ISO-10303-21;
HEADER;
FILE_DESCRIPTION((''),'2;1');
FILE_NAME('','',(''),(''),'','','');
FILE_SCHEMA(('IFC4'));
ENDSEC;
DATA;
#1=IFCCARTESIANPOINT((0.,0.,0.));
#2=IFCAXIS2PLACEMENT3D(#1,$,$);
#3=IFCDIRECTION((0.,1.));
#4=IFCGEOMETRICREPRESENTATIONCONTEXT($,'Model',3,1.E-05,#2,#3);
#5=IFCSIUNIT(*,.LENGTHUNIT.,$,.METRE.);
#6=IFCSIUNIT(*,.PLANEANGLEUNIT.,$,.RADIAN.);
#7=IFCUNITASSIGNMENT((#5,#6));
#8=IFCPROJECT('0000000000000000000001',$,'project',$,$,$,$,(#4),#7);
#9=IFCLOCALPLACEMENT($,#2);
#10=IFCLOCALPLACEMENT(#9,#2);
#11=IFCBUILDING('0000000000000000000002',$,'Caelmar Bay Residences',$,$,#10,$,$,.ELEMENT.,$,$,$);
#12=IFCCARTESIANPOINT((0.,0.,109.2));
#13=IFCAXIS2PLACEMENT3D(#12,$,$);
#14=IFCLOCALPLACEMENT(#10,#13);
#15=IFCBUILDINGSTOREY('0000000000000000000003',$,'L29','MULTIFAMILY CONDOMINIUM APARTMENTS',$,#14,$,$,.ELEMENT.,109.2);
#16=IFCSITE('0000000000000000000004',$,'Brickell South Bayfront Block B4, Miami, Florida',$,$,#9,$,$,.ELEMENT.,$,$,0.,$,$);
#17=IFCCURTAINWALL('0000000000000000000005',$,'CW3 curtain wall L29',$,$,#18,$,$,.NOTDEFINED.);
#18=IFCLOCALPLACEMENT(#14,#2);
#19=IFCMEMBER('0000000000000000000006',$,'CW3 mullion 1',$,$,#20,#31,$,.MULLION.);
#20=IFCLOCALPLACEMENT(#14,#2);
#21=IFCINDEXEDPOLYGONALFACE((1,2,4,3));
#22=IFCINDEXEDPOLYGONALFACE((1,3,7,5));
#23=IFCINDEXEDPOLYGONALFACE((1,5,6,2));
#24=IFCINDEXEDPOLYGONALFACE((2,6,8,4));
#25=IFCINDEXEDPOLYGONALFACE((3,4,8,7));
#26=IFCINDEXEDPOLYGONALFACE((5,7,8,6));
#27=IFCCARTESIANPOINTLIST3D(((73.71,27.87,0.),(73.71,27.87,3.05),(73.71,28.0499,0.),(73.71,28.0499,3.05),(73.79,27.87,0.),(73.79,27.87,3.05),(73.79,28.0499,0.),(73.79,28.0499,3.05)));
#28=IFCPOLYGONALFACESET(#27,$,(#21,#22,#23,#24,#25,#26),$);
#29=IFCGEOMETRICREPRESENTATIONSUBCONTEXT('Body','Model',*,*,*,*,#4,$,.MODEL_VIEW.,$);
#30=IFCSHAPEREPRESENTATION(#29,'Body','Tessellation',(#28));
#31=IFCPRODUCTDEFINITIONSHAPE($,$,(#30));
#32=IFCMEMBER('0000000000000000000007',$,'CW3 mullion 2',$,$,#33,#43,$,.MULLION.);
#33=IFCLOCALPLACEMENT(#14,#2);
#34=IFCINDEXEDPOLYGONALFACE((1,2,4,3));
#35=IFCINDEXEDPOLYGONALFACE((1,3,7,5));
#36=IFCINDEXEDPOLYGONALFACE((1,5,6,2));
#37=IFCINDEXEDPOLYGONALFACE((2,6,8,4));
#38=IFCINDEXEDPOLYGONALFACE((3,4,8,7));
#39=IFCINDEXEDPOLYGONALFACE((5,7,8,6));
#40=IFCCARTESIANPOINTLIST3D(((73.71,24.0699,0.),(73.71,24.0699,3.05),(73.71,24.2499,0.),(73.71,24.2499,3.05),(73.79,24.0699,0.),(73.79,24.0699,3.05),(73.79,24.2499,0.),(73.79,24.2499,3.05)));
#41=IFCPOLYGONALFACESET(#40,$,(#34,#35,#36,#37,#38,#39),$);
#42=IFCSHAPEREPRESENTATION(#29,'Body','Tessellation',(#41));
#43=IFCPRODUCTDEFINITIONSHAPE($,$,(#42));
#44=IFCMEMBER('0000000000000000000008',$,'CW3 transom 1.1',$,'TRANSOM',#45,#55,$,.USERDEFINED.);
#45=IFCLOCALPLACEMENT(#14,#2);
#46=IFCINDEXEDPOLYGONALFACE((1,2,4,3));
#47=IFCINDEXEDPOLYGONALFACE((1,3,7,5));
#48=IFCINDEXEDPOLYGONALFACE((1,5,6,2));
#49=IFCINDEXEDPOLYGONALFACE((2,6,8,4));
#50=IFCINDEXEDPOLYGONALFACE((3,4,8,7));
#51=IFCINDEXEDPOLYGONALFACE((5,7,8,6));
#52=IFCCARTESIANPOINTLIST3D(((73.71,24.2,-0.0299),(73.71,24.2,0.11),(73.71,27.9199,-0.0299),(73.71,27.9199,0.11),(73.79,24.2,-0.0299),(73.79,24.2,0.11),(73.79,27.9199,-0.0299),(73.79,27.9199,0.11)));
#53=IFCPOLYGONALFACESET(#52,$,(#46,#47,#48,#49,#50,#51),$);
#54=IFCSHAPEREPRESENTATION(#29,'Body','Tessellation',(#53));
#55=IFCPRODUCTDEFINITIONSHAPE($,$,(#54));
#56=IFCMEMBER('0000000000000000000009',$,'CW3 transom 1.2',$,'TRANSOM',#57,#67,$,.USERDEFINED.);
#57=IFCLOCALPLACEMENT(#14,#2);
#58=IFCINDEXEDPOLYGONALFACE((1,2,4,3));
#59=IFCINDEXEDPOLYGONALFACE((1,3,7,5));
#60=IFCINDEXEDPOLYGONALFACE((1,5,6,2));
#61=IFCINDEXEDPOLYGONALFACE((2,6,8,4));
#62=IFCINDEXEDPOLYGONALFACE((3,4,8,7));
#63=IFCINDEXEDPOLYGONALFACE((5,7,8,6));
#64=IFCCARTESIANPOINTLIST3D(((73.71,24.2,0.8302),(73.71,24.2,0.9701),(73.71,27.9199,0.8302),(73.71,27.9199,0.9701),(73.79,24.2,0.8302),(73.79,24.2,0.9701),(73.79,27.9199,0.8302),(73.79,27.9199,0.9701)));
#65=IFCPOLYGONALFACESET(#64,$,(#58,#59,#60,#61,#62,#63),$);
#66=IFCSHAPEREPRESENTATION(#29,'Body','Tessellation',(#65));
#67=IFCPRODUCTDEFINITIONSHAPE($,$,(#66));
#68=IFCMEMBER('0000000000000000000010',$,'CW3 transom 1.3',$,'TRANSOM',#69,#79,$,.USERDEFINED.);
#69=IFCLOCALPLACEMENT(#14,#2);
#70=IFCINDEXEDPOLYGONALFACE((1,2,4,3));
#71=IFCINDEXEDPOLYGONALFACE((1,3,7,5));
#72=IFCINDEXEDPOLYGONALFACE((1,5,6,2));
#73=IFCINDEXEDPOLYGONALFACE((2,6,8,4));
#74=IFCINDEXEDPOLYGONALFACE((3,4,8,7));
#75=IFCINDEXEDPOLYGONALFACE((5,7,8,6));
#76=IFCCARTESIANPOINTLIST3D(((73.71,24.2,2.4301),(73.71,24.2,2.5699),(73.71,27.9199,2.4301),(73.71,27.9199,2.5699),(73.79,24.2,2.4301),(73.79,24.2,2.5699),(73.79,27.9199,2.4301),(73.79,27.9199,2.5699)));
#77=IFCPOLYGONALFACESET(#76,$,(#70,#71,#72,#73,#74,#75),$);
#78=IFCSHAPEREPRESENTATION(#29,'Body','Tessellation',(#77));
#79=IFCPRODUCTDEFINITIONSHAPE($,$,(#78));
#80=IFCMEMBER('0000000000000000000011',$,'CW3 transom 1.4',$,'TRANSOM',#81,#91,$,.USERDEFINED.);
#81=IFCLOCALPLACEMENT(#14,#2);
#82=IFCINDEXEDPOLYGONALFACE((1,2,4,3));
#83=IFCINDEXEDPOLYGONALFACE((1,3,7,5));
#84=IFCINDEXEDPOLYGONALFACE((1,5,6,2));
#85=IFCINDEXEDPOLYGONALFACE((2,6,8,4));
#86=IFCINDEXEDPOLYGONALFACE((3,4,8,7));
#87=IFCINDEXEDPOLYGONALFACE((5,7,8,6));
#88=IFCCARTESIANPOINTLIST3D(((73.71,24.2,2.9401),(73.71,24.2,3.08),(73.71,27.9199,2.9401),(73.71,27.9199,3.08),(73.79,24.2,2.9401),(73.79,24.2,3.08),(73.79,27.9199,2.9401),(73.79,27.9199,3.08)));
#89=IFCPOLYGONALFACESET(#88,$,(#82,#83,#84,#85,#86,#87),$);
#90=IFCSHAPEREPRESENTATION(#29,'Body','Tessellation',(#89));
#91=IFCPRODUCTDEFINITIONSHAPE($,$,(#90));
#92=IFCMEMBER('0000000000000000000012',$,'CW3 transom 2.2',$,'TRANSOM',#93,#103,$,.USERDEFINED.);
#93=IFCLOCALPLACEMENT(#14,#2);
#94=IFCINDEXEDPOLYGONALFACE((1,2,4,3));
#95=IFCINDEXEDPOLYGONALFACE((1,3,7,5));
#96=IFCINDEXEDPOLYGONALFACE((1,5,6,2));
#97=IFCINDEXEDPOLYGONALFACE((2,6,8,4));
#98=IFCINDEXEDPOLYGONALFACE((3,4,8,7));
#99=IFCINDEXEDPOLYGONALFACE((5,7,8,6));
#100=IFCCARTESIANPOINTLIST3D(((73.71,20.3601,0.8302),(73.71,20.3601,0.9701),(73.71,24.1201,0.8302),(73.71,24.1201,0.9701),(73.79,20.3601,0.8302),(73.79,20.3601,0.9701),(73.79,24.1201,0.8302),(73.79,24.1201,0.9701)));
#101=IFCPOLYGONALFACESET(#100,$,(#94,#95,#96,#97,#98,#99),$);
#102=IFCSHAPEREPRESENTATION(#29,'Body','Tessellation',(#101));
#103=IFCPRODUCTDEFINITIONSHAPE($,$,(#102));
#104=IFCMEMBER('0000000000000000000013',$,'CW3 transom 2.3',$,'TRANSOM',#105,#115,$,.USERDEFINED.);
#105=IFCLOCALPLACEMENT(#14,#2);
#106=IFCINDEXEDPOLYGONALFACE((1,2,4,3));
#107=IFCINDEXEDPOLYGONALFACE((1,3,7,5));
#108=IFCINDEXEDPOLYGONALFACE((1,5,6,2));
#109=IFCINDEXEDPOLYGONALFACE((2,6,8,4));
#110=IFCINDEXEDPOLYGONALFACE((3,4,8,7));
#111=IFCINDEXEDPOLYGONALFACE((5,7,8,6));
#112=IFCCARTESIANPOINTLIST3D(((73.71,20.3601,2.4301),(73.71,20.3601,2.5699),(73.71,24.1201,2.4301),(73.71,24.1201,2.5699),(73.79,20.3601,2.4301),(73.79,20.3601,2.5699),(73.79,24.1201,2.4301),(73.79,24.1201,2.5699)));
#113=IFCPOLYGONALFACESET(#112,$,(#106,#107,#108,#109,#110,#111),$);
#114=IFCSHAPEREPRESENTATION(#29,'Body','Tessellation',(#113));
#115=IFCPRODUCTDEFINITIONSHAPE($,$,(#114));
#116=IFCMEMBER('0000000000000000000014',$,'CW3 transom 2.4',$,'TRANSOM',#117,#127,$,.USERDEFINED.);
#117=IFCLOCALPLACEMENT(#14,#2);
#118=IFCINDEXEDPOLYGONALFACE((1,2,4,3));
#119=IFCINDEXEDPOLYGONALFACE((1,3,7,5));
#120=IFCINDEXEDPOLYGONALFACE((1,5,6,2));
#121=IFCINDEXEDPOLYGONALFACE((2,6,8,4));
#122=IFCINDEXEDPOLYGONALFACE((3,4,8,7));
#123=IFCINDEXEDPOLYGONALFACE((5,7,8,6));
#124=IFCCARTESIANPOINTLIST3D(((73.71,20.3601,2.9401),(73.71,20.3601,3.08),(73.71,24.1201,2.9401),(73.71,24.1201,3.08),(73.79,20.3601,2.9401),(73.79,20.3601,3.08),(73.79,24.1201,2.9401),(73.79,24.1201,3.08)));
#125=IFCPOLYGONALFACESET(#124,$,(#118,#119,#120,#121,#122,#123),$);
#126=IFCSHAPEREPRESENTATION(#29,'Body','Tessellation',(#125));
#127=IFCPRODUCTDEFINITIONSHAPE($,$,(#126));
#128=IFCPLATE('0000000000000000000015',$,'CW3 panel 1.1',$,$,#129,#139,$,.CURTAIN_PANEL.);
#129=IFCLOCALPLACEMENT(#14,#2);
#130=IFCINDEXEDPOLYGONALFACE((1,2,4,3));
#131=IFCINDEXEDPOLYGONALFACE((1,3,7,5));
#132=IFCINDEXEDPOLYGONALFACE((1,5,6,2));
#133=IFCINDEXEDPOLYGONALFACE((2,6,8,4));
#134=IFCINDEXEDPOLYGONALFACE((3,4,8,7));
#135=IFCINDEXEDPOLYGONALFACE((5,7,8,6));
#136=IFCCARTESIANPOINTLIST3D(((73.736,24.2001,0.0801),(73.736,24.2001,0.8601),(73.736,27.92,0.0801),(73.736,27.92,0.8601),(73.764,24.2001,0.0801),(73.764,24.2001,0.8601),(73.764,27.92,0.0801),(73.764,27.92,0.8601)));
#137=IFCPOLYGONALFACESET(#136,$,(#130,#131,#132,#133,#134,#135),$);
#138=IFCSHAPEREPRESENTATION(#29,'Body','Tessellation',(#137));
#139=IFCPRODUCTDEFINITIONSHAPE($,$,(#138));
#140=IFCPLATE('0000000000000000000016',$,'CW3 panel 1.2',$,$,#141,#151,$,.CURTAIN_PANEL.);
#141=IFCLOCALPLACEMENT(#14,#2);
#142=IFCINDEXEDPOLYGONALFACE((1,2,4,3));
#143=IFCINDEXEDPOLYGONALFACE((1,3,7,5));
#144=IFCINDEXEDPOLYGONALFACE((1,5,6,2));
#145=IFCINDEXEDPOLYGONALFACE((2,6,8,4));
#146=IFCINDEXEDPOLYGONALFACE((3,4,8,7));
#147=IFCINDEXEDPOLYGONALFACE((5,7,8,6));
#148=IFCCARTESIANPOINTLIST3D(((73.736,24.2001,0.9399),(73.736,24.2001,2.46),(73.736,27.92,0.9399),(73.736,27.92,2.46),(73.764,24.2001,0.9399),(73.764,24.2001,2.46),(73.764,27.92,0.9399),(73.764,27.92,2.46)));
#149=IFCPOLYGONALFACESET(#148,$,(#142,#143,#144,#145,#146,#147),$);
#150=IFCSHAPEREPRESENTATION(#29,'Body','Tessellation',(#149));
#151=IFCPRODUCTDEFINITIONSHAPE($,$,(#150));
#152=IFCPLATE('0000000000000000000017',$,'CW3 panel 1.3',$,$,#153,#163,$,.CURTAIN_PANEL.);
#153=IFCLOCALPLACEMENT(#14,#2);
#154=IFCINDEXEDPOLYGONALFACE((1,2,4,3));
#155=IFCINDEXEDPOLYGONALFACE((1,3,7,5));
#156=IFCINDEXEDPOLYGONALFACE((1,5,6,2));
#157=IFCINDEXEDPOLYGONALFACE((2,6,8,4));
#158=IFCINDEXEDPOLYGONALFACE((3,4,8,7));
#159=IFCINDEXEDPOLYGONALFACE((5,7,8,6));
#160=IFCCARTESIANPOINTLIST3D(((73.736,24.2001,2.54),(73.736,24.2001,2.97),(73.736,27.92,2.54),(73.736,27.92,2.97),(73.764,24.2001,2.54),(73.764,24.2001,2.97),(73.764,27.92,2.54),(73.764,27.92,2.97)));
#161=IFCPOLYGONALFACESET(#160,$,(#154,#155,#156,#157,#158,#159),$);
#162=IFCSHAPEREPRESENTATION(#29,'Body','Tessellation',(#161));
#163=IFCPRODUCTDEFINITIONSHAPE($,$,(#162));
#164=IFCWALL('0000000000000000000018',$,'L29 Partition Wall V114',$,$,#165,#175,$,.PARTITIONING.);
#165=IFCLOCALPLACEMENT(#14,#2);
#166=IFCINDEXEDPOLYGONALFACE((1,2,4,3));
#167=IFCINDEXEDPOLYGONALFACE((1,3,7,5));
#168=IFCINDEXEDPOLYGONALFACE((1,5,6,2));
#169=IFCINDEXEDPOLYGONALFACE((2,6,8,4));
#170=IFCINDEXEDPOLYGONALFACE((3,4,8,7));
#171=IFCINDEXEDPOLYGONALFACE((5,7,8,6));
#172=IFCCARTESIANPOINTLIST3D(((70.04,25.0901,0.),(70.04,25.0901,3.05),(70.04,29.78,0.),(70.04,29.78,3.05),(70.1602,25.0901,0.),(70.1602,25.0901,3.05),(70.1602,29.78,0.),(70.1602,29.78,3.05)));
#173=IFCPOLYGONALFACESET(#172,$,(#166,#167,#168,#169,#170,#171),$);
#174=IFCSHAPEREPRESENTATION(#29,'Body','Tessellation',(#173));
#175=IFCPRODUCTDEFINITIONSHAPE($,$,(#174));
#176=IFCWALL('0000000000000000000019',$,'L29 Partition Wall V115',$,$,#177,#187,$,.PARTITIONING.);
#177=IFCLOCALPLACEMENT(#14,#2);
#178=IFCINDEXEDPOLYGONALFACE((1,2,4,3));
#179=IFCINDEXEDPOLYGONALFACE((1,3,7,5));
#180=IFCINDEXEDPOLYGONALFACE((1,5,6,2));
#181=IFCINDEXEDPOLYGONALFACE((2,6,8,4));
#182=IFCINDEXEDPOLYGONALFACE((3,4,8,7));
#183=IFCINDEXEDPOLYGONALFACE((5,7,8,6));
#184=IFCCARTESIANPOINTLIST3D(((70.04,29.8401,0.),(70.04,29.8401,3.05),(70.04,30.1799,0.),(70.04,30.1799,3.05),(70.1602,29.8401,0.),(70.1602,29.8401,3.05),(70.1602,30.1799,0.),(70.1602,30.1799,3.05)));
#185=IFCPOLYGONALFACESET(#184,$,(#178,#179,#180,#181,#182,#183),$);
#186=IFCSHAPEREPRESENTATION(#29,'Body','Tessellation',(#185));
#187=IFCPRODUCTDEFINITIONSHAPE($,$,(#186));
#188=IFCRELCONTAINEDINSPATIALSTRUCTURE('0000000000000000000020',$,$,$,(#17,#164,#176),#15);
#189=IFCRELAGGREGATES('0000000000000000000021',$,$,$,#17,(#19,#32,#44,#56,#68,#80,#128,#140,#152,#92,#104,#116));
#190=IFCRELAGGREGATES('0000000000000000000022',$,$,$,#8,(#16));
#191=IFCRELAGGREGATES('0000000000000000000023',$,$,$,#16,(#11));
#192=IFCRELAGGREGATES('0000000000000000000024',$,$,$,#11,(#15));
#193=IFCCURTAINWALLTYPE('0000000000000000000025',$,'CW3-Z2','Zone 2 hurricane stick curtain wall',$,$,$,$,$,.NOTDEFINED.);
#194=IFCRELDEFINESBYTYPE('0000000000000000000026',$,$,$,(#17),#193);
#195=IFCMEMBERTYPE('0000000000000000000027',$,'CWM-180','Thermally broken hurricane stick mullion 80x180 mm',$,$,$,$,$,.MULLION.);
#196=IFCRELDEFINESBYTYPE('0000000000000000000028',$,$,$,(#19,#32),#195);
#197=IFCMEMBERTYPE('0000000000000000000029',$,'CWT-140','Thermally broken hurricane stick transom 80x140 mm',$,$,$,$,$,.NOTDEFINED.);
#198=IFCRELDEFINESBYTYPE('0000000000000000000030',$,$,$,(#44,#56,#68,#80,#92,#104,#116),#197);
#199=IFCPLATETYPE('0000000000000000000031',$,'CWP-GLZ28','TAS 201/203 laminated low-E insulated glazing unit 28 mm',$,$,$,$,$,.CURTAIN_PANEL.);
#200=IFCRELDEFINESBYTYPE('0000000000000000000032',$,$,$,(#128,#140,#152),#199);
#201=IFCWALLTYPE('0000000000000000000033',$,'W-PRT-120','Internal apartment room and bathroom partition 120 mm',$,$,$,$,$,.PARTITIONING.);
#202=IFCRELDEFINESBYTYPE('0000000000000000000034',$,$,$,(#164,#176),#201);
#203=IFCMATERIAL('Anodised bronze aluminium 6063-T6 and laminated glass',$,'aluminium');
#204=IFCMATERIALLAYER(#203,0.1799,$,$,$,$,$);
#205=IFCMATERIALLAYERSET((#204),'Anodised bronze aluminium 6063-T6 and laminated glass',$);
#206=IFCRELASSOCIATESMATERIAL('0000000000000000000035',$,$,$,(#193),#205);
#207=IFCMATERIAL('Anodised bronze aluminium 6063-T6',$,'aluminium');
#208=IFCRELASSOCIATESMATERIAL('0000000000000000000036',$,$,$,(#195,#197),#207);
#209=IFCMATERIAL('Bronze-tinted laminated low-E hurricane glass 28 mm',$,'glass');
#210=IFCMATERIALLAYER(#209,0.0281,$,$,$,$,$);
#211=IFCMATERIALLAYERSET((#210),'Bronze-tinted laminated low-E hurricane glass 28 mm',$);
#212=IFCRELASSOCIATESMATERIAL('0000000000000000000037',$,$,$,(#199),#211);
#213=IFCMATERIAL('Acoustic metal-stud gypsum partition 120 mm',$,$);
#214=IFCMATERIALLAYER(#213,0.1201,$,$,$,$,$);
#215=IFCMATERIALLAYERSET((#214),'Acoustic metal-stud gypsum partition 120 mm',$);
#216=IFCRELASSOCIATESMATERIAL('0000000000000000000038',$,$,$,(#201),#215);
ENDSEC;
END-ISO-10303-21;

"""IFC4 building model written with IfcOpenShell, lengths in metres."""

from ifc_helpers import new_model, si_unit, direction, frame, frame_2d, origin, origin_2d, place, context, subcontext, project, spatial, rectangle, extrude, material, layer, layer_set, material_profile, profile_set, type_object, element, aggregate, save


model = new_model("IFC4")

# Units and contexts
model_context = context("Model", 3, precision=1e-05, world=origin(), true_north=direction((0.0, 1.0)))
body_context = subcontext(model_context, "Body", "Model", "MODEL_VIEW")
ifc_project = project(units=[si_unit("LENGTHUNIT", "METRE"), si_unit("PLANEANGLEUNIT", "RADIAN")], contexts=[model_context])

# Site, building, storey
site_placement = place(None, origin())
site = spatial("IfcSite", under=ifc_project, at=site_placement, Name="Brickell South Bayfront Block B4, Miami, Florida", CompositionType="ELEMENT", RefElevation=0.0)
building_placement = place(site_placement, origin())
building = spatial("IfcBuilding", under=site, at=building_placement, Name="Caelmar Bay Residences", CompositionType="ELEMENT")
storey_placement = place(building_placement, frame((0.0, 0.0, 109.2)))
storey = spatial("IfcBuildingStorey", under=building, at=storey_placement, Name="L29", Description="MULTIFAMILY CONDOMINIUM APARTMENTS", CompositionType="ELEMENT", Elevation=109.2)

# Curtain wall, members, plates
ifc_material_1 = material(Name="Anodised bronze aluminium 6063-T6 and laminated glass", Category="aluminium")
ifc_layer_1 = layer(ifc_material_1, 0.1799)
ifc_layer_set_1 = layer_set([ifc_layer_1], Name="Anodised bronze aluminium 6063-T6 and laminated glass")
curtain_wall_type = type_object("IfcCurtainWallType", Name="CW3-Z2", Description="Zone 2 hurricane stick curtain wall", PredefinedType="NOTDEFINED", material=ifc_layer_set_1)
curtain_wall_placement = place(storey_placement, origin())
curtain_wall = element("IfcCurtainWall", 1, at=curtain_wall_placement, inside=storey, type_object=curtain_wall_type, Name="CW3 curtain wall L29", PredefinedType="NOTDEFINED")
ifc_material_2 = material(Name="Anodised bronze aluminium 6063-T6", Category="aluminium")
ifc_material_profile_1 = material_profile(ifc_material_2, rectangle(XDim=0.0801, YDim=0.1799, at=origin_2d()), Name="CWM-80X180")
ifc_profile_set_1 = profile_set([ifc_material_profile_1], Name="Anodised bronze aluminium 6063-T6")
member_type_1 = type_object("IfcMemberType", Name="CWM-180", Description="Thermally broken hurricane stick mullion 80x180 mm", PredefinedType="MULLION", material=ifc_profile_set_1)
member_1_placement = place(storey_placement, frame((73.75, 27.96, 0.0), z_axis=(0.0, 0.0, 1.0), x_axis=(1.0, 0.0, 0.0)))
member_1 = element("IfcMember", 2, at=member_1_placement, type_object=member_type_1, Name="CW3 mullion 1", PredefinedType="MULLION", context=body_context, shape_type="SweptSolid", body=[
    extrude(rectangle(XDim=0.0801, YDim=0.1799, at=origin_2d()), origin(), (0.0, 0.0, 1.0), 3.05),
])
member_2_placement = place(storey_placement, frame((73.75, 24.1599, 0.0), z_axis=(0.0, 0.0, 1.0), x_axis=(1.0, 0.0, 0.0)))
member_2 = element("IfcMember", 3, at=member_2_placement, type_object=member_type_1, Name="CW3 mullion 2", PredefinedType="MULLION", context=body_context, shape_type="SweptSolid", body=[
    extrude(rectangle(XDim=0.0801, YDim=0.1799, at=origin_2d()), origin(), (0.0, 0.0, 1.0), 3.05),
])
ifc_material_profile_2 = material_profile(ifc_material_2, rectangle(XDim=0.0801, YDim=0.1399, at=origin_2d()), Name="CWT-80X140")
ifc_profile_set_2 = profile_set([ifc_material_profile_2], Name="Anodised bronze aluminium 6063-T6")
member_type_2 = type_object("IfcMemberType", Name="CWT-140", Description="Thermally broken hurricane stick transom 80x140 mm", PredefinedType="NOTDEFINED", material=ifc_profile_set_2)
member_3_placement = place(storey_placement, frame((73.75, 27.9199, 0.04), z_axis=(0.0, -1.0, 0.0), x_axis=(1.0, 0.0, 0.0)))
member_3 = element("IfcMember", 4, at=member_3_placement, type_object=member_type_2, Name="CW3 transom 1.1", ObjectType="TRANSOM", PredefinedType="USERDEFINED", context=body_context, shape_type="SweptSolid", body=[
    extrude(rectangle(XDim=0.0801, YDim=0.1399, at=origin_2d()), origin(), (0.0, 0.0, 1.0), 3.72),
])
member_4_placement = place(storey_placement, frame((73.75, 27.9199, 0.9001), z_axis=(0.0, -1.0, 0.0), x_axis=(1.0, 0.0, 0.0)))
member_4 = element("IfcMember", 5, at=member_4_placement, type_object=member_type_2, Name="CW3 transom 1.2", ObjectType="TRANSOM", PredefinedType="USERDEFINED", context=body_context, shape_type="SweptSolid", body=[
    extrude(rectangle(XDim=0.0801, YDim=0.1399, at=origin_2d()), origin(), (0.0, 0.0, 1.0), 3.72),
])
member_5_placement = place(storey_placement, frame((73.75, 27.9199, 2.5), z_axis=(0.0, -1.0, 0.0), x_axis=(1.0, 0.0, 0.0)))
member_5 = element("IfcMember", 6, at=member_5_placement, type_object=member_type_2, Name="CW3 transom 1.3", ObjectType="TRANSOM", PredefinedType="USERDEFINED", context=body_context, shape_type="SweptSolid", body=[
    extrude(rectangle(XDim=0.0801, YDim=0.1399, at=origin_2d()), origin(), (0.0, 0.0, 1.0), 3.72),
])
member_6_placement = place(storey_placement, frame((73.75, 27.9199, 3.01), z_axis=(0.0, -1.0, 0.0), x_axis=(1.0, 0.0, 0.0)))
member_6 = element("IfcMember", 7, at=member_6_placement, type_object=member_type_2, Name="CW3 transom 1.4", ObjectType="TRANSOM", PredefinedType="USERDEFINED", context=body_context, shape_type="SweptSolid", body=[
    extrude(rectangle(XDim=0.0801, YDim=0.1399, at=origin_2d()), origin(), (0.0, 0.0, 1.0), 3.72),
])
member_7_placement = place(storey_placement, frame((73.75, 24.1201, 0.9001), z_axis=(0.0, -1.0, 0.0), x_axis=(1.0, 0.0, 0.0)))
member_7 = element("IfcMember", 8, at=member_7_placement, type_object=member_type_2, Name="CW3 transom 2.2", ObjectType="TRANSOM", PredefinedType="USERDEFINED", context=body_context, shape_type="SweptSolid", body=[
    extrude(rectangle(XDim=0.0801, YDim=0.1399, at=origin_2d()), origin(), (0.0, 0.0, 1.0), 3.76),
])
member_8_placement = place(storey_placement, frame((73.75, 24.1201, 2.5), z_axis=(0.0, -1.0, 0.0), x_axis=(1.0, 0.0, 0.0)))
member_8 = element("IfcMember", 9, at=member_8_placement, type_object=member_type_2, Name="CW3 transom 2.3", ObjectType="TRANSOM", PredefinedType="USERDEFINED", context=body_context, shape_type="SweptSolid", body=[
    extrude(rectangle(XDim=0.0801, YDim=0.1399, at=origin_2d()), origin(), (0.0, 0.0, 1.0), 3.76),
])
member_9_placement = place(storey_placement, frame((73.75, 24.1201, 3.01), z_axis=(0.0, -1.0, 0.0), x_axis=(1.0, 0.0, 0.0)))
member_9 = element("IfcMember", 10, at=member_9_placement, type_object=member_type_2, Name="CW3 transom 2.4", ObjectType="TRANSOM", PredefinedType="USERDEFINED", context=body_context, shape_type="SweptSolid", body=[
    extrude(rectangle(XDim=0.0801, YDim=0.1399, at=origin_2d()), origin(), (0.0, 0.0, 1.0), 3.76),
])
ifc_material_3 = material(Name="Bronze-tinted laminated low-E hurricane glass 28 mm", Category="glass")
ifc_layer_2 = layer(ifc_material_3, 0.0281)
ifc_layer_set_2 = layer_set([ifc_layer_2], Name="Bronze-tinted laminated low-E hurricane glass 28 mm")
plate_type = type_object("IfcPlateType", Name="CWP-GLZ28", Description="TAS 201/203 laminated low-E insulated glazing unit 28 mm", PredefinedType="CURTAIN_PANEL", material=ifc_layer_set_2)
plate_1_placement = place(storey_placement, frame((73.75, 26.0601, 0.0801), z_axis=(0.0, 0.0, 1.0), x_axis=(0.0, -1.0, 0.0)))
plate_1 = element("IfcPlate", 11, at=plate_1_placement, type_object=plate_type, Name="CW3 panel 1.1", PredefinedType="CURTAIN_PANEL", context=body_context, shape_type="SweptSolid", body=[
    extrude(rectangle(XDim=3.72, YDim=0.0281, at=origin_2d()), origin(), (0.0, 0.0, 1.0), 0.78),
])
plate_2_placement = place(storey_placement, frame((73.75, 26.0601, 0.9399), z_axis=(0.0, 0.0, 1.0), x_axis=(0.0, -1.0, 0.0)))
plate_2 = element("IfcPlate", 12, at=plate_2_placement, type_object=plate_type, Name="CW3 panel 1.2", PredefinedType="CURTAIN_PANEL", context=body_context, shape_type="SweptSolid", body=[
    extrude(rectangle(XDim=3.72, YDim=0.0281, at=origin_2d()), origin(), (0.0, 0.0, 1.0), 1.52),
])
plate_3_placement = place(storey_placement, frame((73.75, 26.0601, 2.54), z_axis=(0.0, 0.0, 1.0), x_axis=(0.0, -1.0, 0.0)))
plate_3 = element("IfcPlate", 13, at=plate_3_placement, type_object=plate_type, Name="CW3 panel 1.3", PredefinedType="CURTAIN_PANEL", context=body_context, shape_type="SweptSolid", body=[
    extrude(rectangle(XDim=3.72, YDim=0.0281, at=origin_2d()), origin(), (0.0, 0.0, 1.0), 0.4299),
])
aggregate(curtain_wall, [member_1, member_2, member_3, member_4, member_5, member_6, plate_1, plate_2, plate_3, member_7, member_8, member_9])

# Walls
ifc_material_4 = material(Name="Acoustic metal-stud gypsum partition 120 mm")
ifc_layer_3 = layer(ifc_material_4, 0.1201)
ifc_layer_set_3 = layer_set([ifc_layer_3], Name="Acoustic metal-stud gypsum partition 120 mm")
wall_type = type_object("IfcWallType", Name="W-PRT-120", Description="Internal apartment room and bathroom partition 120 mm", PredefinedType="PARTITIONING", material=ifc_layer_set_3)
wall_1_placement = place(storey_placement, frame((70.1001, 25.0901, 0.0), z_axis=(0.0, 0.0, 1.0), x_axis=(0.0, 1.0, 0.0)))
element("IfcWall", 14, at=wall_1_placement, inside=storey, type_object=wall_type, Name="L29 Partition Wall V114", PredefinedType="PARTITIONING", context=body_context, shape_type="SweptSolid", body=[
    extrude(rectangle(XDim=4.6899, YDim=0.1201, at=frame_2d((2.345, 0.0))), origin(), (0.0, 0.0, 1.0), 3.05),
])
wall_2_placement = place(storey_placement, frame((70.1001, 29.8401, 0.0), z_axis=(0.0, 0.0, 1.0), x_axis=(0.0, 1.0, 0.0)))
element("IfcWall", 15, at=wall_2_placement, inside=storey, type_object=wall_type, Name="L29 Partition Wall V115", PredefinedType="PARTITIONING", context=body_context, shape_type="SweptSolid", body=[
    extrude(rectangle(XDim=0.3398, YDim=0.1201, at=frame_2d((0.1699, 0.0))), origin(), (0.0, 0.0, 1.0), 3.05),
])

save(model, "model.ifc")
